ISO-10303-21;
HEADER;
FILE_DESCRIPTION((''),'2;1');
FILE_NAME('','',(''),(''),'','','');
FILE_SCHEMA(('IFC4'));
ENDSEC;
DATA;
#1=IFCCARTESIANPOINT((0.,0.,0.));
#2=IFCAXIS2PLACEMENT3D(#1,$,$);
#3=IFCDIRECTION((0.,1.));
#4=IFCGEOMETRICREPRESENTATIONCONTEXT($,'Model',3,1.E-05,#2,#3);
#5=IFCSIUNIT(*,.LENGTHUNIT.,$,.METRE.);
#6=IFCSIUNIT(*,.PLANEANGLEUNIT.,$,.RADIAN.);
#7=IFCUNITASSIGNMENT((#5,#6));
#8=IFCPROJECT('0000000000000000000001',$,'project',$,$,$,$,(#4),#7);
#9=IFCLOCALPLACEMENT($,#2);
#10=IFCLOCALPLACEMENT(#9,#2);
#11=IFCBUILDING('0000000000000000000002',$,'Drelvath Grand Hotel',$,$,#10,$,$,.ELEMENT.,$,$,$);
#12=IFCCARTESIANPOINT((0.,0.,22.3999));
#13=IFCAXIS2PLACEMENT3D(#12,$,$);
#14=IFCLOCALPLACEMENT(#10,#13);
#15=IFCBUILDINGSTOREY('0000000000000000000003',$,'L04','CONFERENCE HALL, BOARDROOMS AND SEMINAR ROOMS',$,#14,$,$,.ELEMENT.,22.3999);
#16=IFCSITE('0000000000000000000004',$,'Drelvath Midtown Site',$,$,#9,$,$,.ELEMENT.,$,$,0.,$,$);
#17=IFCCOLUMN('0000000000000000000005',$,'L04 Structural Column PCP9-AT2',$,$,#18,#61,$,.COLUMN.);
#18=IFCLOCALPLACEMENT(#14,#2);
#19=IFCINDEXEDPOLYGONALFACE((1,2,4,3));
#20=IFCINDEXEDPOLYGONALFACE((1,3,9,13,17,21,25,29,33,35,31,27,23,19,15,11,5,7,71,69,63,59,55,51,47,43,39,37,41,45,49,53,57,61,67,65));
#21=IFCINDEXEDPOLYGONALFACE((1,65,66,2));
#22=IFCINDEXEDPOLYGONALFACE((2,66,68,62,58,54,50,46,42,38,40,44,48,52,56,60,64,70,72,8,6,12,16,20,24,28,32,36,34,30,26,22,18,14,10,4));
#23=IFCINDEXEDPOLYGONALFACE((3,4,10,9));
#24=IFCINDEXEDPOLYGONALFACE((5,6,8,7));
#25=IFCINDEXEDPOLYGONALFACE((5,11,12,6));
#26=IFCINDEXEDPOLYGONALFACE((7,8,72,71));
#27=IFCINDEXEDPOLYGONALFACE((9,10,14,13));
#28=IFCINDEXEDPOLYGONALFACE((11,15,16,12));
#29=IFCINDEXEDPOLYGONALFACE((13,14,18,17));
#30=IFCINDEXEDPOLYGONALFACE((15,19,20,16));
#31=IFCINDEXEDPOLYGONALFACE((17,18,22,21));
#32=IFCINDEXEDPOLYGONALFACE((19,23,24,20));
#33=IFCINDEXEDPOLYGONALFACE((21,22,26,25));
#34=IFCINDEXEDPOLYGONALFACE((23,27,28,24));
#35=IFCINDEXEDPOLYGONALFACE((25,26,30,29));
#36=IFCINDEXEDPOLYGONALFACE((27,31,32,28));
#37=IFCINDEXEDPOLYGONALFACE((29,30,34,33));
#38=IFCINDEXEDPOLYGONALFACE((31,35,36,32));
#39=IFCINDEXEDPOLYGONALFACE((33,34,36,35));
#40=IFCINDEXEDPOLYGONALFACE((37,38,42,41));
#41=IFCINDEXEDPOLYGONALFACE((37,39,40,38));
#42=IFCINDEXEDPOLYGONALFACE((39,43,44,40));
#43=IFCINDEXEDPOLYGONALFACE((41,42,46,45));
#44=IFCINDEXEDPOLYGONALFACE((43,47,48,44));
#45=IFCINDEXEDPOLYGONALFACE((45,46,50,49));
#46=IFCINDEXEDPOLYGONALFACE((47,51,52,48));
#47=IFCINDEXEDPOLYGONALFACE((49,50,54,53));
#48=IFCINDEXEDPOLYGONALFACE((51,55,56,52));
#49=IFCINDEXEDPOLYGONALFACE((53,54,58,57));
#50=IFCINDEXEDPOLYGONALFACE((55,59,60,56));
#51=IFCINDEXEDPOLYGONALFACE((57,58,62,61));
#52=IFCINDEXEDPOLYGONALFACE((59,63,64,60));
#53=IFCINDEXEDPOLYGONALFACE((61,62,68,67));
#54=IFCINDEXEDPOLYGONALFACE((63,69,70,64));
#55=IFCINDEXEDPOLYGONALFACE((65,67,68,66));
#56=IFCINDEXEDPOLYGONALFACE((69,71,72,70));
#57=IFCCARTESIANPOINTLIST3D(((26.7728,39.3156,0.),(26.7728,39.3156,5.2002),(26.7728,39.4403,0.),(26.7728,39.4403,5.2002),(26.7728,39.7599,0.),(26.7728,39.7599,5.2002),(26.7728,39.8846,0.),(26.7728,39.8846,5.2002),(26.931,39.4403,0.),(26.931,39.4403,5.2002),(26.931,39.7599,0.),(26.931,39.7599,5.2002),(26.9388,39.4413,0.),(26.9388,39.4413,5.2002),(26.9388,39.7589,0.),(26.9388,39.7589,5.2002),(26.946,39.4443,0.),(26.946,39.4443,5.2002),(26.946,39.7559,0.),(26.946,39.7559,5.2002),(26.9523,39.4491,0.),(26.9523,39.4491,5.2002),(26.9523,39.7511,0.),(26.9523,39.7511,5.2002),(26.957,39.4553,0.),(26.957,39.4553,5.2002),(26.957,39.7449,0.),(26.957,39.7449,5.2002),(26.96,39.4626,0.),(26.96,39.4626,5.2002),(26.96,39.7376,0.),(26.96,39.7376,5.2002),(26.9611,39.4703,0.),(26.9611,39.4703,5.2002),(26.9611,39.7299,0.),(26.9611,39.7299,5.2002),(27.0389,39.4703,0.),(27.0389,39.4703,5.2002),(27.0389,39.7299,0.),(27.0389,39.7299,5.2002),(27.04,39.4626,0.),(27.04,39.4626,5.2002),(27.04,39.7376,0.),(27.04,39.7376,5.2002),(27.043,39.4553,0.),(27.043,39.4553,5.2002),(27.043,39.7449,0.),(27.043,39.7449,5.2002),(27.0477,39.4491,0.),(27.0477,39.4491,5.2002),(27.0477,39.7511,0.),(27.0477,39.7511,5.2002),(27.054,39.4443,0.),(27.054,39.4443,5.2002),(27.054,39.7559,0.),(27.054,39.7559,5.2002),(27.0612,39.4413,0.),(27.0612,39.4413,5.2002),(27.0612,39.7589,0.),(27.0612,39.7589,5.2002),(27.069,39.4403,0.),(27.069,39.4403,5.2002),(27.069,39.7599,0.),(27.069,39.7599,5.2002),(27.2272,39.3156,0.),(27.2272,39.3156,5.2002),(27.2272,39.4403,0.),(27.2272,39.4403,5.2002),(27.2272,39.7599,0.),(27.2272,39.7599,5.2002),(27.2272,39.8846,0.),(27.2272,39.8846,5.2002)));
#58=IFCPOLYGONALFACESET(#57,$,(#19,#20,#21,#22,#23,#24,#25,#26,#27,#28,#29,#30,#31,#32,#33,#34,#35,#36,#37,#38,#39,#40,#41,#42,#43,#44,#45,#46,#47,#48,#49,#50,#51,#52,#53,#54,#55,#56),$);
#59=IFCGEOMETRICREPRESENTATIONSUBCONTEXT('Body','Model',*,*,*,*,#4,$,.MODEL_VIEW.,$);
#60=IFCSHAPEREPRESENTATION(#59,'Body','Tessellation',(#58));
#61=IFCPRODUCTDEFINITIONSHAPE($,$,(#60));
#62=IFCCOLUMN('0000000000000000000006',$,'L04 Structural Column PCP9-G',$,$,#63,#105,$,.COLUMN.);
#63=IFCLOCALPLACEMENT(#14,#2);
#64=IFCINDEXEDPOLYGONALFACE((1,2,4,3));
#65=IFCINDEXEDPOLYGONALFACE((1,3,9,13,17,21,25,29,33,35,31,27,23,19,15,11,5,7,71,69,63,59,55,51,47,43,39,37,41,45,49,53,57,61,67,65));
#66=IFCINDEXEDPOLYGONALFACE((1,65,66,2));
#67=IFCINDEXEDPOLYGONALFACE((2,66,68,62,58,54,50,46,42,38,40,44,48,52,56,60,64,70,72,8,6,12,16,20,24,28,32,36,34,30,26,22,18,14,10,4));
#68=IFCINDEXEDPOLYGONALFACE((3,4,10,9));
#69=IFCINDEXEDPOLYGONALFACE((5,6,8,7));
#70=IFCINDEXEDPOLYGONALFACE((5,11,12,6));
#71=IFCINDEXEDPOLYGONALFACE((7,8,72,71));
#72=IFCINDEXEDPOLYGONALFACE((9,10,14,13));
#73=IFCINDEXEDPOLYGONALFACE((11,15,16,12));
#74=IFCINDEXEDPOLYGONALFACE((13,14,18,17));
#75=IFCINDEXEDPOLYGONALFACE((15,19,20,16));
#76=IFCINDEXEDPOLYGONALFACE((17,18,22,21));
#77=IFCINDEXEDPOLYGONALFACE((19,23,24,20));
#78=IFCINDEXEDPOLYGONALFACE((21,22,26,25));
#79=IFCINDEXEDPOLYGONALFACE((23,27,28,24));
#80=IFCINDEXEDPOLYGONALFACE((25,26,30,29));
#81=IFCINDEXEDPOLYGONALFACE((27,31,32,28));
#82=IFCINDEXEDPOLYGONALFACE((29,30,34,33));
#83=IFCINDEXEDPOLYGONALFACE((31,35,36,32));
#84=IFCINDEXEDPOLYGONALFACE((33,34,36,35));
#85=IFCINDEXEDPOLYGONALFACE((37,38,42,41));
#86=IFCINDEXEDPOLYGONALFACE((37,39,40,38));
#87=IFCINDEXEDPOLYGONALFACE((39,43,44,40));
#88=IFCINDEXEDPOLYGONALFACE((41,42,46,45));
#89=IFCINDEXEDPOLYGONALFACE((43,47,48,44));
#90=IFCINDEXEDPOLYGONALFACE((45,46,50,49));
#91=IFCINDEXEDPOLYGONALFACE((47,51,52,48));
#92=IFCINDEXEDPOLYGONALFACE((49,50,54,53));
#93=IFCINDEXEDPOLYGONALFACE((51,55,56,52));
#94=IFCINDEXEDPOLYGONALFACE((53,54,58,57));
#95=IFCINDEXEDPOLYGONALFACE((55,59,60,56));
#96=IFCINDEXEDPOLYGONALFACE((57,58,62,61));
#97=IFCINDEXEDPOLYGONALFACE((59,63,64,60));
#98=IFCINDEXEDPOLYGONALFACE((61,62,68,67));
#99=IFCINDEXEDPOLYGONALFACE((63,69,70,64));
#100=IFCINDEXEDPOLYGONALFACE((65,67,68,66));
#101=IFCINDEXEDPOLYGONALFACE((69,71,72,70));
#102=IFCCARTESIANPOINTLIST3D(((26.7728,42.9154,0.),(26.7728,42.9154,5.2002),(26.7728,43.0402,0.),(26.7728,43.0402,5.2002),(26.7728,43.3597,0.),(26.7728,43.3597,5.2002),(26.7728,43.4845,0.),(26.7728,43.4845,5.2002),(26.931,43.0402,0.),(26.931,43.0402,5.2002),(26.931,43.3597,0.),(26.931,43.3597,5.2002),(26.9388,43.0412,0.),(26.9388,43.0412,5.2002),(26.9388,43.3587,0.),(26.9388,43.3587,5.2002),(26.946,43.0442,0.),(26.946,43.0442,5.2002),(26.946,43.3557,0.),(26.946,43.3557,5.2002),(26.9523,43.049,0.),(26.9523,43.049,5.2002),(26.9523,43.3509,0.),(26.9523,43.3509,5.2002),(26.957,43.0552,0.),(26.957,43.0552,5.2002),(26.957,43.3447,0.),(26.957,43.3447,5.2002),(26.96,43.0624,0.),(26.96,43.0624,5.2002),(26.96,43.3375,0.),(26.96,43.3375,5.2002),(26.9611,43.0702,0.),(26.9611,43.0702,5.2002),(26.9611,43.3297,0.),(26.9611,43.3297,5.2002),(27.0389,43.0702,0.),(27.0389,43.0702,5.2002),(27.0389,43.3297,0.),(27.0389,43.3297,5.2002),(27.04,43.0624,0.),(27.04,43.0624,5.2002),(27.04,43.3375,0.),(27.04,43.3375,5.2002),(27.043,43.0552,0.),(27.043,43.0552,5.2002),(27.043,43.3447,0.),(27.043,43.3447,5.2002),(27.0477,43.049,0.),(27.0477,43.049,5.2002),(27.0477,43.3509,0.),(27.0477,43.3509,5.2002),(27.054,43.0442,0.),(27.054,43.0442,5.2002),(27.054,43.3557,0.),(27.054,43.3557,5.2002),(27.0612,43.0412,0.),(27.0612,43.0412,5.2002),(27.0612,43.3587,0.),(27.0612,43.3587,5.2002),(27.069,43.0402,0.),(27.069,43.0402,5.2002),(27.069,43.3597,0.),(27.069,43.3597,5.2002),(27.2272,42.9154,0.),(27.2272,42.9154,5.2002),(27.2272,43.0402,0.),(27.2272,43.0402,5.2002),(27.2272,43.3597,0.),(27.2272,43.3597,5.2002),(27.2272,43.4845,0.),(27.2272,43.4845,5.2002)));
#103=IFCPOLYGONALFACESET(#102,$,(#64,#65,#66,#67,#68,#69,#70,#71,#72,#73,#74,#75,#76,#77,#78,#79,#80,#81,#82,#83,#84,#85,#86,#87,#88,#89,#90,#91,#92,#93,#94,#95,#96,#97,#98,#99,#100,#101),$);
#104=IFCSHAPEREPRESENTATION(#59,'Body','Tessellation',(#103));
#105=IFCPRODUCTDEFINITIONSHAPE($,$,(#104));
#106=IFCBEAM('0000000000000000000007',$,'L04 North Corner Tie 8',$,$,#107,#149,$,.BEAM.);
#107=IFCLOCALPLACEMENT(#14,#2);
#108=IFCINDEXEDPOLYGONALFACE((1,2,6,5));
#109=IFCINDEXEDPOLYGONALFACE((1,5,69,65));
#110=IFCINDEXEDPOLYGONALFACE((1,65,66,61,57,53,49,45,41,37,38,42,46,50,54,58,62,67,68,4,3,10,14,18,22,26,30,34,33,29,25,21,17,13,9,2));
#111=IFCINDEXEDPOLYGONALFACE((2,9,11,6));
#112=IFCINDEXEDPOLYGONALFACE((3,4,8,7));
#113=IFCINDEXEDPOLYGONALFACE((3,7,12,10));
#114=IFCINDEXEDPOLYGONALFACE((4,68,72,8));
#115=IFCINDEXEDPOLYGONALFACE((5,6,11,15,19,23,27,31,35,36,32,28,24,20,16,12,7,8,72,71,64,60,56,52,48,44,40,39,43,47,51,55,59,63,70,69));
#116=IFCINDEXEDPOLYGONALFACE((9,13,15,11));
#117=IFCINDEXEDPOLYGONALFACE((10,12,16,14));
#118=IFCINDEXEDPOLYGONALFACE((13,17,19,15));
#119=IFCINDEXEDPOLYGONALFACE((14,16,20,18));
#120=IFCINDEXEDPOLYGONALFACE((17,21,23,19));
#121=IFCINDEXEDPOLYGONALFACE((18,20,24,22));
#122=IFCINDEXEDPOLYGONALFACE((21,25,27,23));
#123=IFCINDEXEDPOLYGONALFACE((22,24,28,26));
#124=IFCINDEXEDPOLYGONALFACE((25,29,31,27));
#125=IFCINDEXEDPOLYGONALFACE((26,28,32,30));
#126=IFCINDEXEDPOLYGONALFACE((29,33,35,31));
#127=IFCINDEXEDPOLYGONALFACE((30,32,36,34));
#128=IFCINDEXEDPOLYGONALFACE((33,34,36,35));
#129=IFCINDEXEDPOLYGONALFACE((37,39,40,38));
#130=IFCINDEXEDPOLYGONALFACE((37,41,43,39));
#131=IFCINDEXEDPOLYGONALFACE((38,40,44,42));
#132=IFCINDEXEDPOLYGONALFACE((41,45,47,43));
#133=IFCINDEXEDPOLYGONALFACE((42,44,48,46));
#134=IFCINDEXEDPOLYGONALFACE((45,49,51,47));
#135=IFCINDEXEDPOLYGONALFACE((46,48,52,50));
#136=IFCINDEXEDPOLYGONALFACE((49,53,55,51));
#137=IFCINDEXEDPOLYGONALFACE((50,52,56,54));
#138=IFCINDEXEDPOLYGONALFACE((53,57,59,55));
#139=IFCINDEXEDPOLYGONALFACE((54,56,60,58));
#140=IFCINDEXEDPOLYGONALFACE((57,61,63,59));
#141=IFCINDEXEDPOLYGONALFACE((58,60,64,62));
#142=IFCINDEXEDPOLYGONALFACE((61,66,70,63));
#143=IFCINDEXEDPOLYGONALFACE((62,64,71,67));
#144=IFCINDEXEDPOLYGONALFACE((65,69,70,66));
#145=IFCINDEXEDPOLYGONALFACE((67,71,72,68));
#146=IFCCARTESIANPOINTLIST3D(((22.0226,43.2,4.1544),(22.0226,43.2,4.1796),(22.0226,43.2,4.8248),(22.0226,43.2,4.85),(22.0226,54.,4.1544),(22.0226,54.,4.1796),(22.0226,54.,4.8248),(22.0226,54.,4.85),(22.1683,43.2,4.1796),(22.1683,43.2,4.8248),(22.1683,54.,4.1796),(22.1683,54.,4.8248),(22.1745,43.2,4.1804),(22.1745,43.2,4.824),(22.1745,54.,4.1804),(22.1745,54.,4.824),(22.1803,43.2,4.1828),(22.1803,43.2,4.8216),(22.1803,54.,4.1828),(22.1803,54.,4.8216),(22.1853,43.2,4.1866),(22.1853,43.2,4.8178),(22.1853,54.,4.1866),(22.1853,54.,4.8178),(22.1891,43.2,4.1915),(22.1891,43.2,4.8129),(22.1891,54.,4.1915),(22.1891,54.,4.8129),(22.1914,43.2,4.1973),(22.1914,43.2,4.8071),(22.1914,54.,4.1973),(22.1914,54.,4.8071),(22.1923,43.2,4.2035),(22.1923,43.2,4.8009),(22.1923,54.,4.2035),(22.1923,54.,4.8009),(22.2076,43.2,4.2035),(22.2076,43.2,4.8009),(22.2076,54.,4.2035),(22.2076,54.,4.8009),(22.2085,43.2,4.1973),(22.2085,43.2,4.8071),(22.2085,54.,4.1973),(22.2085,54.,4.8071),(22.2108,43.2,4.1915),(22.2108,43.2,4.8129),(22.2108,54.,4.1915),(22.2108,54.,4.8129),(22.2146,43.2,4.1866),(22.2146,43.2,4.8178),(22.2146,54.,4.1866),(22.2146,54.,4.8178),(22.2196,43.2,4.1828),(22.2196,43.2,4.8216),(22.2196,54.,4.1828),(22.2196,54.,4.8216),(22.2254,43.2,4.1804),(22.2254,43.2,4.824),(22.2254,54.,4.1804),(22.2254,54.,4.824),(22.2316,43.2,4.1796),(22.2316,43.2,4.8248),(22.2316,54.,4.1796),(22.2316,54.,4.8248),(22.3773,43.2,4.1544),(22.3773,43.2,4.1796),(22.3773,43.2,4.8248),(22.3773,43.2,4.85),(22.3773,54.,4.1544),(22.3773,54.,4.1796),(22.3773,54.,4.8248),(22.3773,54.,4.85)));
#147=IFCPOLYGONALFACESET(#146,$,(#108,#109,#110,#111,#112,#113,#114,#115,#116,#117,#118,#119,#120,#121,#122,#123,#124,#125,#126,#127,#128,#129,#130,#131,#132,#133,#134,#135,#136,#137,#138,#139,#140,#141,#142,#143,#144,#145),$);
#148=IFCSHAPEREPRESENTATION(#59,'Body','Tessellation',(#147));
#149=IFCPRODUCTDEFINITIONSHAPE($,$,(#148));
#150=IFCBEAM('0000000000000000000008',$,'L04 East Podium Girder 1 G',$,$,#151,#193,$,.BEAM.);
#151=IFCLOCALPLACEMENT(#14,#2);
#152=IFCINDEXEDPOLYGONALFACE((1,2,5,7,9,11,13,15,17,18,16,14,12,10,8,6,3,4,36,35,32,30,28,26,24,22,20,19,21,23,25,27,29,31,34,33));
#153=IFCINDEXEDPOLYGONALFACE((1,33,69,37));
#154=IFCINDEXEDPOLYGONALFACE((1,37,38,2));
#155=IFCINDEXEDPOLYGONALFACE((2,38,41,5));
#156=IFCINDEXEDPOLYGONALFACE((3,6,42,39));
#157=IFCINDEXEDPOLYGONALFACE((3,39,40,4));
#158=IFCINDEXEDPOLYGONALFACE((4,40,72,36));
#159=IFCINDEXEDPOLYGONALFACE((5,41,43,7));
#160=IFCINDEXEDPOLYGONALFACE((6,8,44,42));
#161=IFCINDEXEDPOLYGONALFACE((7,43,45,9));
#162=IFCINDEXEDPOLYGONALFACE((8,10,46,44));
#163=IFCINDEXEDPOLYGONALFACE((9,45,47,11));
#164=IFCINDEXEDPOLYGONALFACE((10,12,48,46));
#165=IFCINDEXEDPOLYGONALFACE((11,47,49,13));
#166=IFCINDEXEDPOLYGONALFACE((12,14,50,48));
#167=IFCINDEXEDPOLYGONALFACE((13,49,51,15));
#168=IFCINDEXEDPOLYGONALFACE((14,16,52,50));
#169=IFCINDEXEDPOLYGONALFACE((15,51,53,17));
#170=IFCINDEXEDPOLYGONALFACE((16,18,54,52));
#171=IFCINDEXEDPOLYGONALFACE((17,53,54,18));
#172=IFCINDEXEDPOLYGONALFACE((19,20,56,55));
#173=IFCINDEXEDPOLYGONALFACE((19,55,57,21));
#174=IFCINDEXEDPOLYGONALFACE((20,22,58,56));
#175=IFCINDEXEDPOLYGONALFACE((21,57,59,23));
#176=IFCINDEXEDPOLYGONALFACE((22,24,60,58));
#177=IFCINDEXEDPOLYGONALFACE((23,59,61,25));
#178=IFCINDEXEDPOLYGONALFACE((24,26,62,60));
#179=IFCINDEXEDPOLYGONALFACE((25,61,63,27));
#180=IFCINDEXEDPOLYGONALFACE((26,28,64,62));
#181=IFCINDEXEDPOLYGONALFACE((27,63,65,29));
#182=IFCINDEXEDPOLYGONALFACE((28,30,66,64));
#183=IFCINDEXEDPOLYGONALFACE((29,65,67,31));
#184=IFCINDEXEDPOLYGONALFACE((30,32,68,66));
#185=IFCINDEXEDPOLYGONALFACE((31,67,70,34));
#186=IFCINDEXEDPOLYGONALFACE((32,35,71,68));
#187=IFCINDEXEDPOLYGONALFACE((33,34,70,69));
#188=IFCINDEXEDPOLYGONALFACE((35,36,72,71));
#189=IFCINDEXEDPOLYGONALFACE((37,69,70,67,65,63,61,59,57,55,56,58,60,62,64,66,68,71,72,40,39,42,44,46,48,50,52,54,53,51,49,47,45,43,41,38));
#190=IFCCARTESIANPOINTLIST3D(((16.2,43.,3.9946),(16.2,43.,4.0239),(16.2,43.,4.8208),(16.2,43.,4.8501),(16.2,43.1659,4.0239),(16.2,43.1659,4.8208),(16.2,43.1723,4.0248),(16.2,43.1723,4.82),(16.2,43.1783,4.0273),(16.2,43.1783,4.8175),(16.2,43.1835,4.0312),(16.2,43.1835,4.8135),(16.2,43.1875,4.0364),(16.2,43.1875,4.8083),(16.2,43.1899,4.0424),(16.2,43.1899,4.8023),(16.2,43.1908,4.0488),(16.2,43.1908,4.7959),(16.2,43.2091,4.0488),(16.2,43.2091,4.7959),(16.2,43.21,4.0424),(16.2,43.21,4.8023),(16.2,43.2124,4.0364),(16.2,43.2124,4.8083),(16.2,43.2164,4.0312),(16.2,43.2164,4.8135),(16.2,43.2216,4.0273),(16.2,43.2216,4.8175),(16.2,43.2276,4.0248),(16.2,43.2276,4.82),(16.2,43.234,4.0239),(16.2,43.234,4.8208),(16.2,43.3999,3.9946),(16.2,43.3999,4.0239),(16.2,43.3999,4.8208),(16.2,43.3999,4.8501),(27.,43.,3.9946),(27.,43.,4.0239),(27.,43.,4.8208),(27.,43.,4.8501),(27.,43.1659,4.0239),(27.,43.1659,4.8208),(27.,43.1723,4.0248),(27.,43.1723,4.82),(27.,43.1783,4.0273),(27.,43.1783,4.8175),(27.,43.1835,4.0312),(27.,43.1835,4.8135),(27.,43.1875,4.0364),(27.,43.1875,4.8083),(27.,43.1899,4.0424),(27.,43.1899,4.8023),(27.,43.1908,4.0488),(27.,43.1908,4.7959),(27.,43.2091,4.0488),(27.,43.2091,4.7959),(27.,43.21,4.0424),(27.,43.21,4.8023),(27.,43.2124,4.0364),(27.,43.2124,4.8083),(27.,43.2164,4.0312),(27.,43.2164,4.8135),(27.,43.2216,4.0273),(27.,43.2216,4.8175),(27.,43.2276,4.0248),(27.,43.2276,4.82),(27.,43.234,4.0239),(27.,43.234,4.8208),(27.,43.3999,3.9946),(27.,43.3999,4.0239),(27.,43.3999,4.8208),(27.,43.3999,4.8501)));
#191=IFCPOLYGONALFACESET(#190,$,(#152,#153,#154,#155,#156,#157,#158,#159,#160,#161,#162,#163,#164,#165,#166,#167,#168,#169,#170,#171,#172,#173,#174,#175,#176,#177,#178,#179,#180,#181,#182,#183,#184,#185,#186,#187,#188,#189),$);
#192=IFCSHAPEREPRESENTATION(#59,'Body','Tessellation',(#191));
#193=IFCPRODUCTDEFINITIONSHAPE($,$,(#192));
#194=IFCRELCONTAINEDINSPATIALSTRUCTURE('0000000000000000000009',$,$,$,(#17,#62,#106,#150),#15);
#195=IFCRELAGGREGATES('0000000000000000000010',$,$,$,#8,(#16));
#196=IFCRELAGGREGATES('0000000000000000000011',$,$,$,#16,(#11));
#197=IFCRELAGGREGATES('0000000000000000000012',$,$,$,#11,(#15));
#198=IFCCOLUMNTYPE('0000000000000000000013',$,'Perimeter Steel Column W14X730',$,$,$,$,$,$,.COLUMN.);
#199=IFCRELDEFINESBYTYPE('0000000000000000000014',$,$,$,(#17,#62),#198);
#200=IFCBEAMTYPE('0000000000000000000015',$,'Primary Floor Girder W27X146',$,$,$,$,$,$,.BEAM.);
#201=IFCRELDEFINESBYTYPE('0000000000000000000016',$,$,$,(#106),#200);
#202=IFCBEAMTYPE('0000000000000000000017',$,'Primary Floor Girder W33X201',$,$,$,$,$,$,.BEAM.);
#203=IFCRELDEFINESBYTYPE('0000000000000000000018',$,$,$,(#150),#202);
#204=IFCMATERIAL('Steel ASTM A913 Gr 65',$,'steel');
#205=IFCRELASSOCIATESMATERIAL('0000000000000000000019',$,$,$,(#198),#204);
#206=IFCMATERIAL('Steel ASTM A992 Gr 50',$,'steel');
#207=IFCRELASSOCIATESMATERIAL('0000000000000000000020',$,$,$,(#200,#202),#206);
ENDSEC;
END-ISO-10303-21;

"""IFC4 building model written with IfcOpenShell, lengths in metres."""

from ifc_helpers import new_model, si_unit, direction, frame, origin, origin_2d, place, context, subcontext, project, spatial, i_section, extrude, material, material_profile, profile_set, type_object, element, save


model = new_model("IFC4")

# Units and contexts
model_context = context("Model", 3, precision=1e-05, world=origin(), true_north=direction((0.0, 1.0)))
body_context = subcontext(model_context, "Body", "Model", "MODEL_VIEW")
ifc_project = project(units=[si_unit("LENGTHUNIT", "METRE"), si_unit("PLANEANGLEUNIT", "RADIAN")], contexts=[model_context])

# Site, building, storey
site_placement = place(None, origin())
site = spatial("IfcSite", under=ifc_project, at=site_placement, Name="Drelvath Midtown Site", CompositionType="ELEMENT", RefElevation=0.0)
building_placement = place(site_placement, origin())
building = spatial("IfcBuilding", under=site, at=building_placement, Name="Drelvath Grand Hotel", CompositionType="ELEMENT")
storey_placement = place(building_placement, frame((0.0, 0.0, 22.3999)))
storey = spatial("IfcBuildingStorey", under=building, at=storey_placement, Name="L04", Description="CONFERENCE HALL, BOARDROOMS AND SEMINAR ROOMS", CompositionType="ELEMENT", Elevation=22.3999)

# Columns
ifc_material_1 = material(Name="Steel ASTM A913 Gr 65", Category="steel")
ifc_material_profile_1 = material_profile(ifc_material_1, i_section(OverallWidth=0.4543, OverallDepth=0.5691, WebThickness=0.0779, FlangeThickness=0.1248, FilletRadius=0.03, at=origin_2d()), Name="W14X730")
ifc_profile_set_1 = profile_set([ifc_material_profile_1], Name="Steel ASTM A913 Gr 65")
column_type_1 = type_object("IfcColumnType", Name="Perimeter Steel Column W14X730", PredefinedType="COLUMN", material=ifc_profile_set_1)
for number, where, z_axis, x_axis, name in (
    (1, (27.0, 39.6001, 0.0), (0.0, 0.0, 1.0), (1.0, 0.0, 0.0), "L04 Structural Column PCP9-AT2"),
    (2, (27.0, 43.2, 0.0), (0.0, 0.0, 1.0), (1.0, 0.0, 0.0), "L04 Structural Column PCP9-G"),
):
    element("IfcColumn", number, at=place(storey_placement, frame(where, z_axis=z_axis, x_axis=x_axis)), inside=storey, type_object=column_type_1, Name=name, PredefinedType="COLUMN", context=body_context, shape_type="SweptSolid", body=[
        extrude(i_section(OverallWidth=0.4543, OverallDepth=0.5691, WebThickness=0.0779, FlangeThickness=0.1248, FilletRadius=0.03, at=origin_2d()), origin(), (0.0, 0.0, 1.0), 5.2002),
    ])

# Beams
ifc_material_2 = material(Name="Steel ASTM A992 Gr 50", Category="steel")
ifc_material_profile_2 = material_profile(ifc_material_2, i_section(OverallWidth=0.3547, OverallDepth=0.6956, WebThickness=0.0154, FlangeThickness=0.0251, FilletRadius=0.0239, at=origin_2d()), Name="W27X146")
ifc_profile_set_2 = profile_set([ifc_material_profile_2], Name="Steel ASTM A992 Gr 50")
beam_type_1 = type_object("IfcBeamType", Name="Primary Floor Girder W27X146", PredefinedType="BEAM", material=ifc_profile_set_2)
beam_placement = place(storey_placement, frame((22.2, 43.2, 4.5022), z_axis=(0.0, 1.0, 0.0), x_axis=(-1.0, 0.0, 0.0)))
element("IfcBeam", 3, at=beam_placement, inside=storey, type_object=beam_type_1, Name="L04 North Corner Tie 8", PredefinedType="BEAM", context=body_context, shape_type="SweptSolid", body=[
    extrude(i_section(OverallWidth=0.3547, OverallDepth=0.6956, WebThickness=0.0154, FlangeThickness=0.0251, FilletRadius=0.0239, at=origin_2d()), origin(), (0.0, 0.0, 1.0), 10.8),
])
ifc_material_profile_3 = material_profile(ifc_material_2, i_section(OverallWidth=0.3999, OverallDepth=0.8555, WebThickness=0.0183, FlangeThickness=0.0293, FilletRadius=0.0249, at=origin_2d()), Name="W33X201")
ifc_profile_set_3 = profile_set([ifc_material_profile_3], Name="Steel ASTM A992 Gr 50")
beam_type_2 = type_object("IfcBeamType", Name="Primary Floor Girder W33X201", PredefinedType="BEAM", material=ifc_profile_set_3)
for number, where, z_axis, x_axis, name in (
    (4, (16.2, 43.2, 4.4224), (1.0, 0.0, 0.0), (0.0, 1.0, 0.0), "L04 East Podium Girder 1 G"),
):
    element("IfcBeam", number, at=place(storey_placement, frame(where, z_axis=z_axis, x_axis=x_axis)), inside=storey, type_object=beam_type_2, Name=name, PredefinedType="BEAM", context=body_context, shape_type="SweptSolid", body=[
        extrude(i_section(OverallWidth=0.3999, OverallDepth=0.8555, WebThickness=0.0183, FlangeThickness=0.0293, FilletRadius=0.0249, at=origin_2d()), origin(), (0.0, 0.0, 1.0), 10.8),
    ])

save(model, "model.ifc")
